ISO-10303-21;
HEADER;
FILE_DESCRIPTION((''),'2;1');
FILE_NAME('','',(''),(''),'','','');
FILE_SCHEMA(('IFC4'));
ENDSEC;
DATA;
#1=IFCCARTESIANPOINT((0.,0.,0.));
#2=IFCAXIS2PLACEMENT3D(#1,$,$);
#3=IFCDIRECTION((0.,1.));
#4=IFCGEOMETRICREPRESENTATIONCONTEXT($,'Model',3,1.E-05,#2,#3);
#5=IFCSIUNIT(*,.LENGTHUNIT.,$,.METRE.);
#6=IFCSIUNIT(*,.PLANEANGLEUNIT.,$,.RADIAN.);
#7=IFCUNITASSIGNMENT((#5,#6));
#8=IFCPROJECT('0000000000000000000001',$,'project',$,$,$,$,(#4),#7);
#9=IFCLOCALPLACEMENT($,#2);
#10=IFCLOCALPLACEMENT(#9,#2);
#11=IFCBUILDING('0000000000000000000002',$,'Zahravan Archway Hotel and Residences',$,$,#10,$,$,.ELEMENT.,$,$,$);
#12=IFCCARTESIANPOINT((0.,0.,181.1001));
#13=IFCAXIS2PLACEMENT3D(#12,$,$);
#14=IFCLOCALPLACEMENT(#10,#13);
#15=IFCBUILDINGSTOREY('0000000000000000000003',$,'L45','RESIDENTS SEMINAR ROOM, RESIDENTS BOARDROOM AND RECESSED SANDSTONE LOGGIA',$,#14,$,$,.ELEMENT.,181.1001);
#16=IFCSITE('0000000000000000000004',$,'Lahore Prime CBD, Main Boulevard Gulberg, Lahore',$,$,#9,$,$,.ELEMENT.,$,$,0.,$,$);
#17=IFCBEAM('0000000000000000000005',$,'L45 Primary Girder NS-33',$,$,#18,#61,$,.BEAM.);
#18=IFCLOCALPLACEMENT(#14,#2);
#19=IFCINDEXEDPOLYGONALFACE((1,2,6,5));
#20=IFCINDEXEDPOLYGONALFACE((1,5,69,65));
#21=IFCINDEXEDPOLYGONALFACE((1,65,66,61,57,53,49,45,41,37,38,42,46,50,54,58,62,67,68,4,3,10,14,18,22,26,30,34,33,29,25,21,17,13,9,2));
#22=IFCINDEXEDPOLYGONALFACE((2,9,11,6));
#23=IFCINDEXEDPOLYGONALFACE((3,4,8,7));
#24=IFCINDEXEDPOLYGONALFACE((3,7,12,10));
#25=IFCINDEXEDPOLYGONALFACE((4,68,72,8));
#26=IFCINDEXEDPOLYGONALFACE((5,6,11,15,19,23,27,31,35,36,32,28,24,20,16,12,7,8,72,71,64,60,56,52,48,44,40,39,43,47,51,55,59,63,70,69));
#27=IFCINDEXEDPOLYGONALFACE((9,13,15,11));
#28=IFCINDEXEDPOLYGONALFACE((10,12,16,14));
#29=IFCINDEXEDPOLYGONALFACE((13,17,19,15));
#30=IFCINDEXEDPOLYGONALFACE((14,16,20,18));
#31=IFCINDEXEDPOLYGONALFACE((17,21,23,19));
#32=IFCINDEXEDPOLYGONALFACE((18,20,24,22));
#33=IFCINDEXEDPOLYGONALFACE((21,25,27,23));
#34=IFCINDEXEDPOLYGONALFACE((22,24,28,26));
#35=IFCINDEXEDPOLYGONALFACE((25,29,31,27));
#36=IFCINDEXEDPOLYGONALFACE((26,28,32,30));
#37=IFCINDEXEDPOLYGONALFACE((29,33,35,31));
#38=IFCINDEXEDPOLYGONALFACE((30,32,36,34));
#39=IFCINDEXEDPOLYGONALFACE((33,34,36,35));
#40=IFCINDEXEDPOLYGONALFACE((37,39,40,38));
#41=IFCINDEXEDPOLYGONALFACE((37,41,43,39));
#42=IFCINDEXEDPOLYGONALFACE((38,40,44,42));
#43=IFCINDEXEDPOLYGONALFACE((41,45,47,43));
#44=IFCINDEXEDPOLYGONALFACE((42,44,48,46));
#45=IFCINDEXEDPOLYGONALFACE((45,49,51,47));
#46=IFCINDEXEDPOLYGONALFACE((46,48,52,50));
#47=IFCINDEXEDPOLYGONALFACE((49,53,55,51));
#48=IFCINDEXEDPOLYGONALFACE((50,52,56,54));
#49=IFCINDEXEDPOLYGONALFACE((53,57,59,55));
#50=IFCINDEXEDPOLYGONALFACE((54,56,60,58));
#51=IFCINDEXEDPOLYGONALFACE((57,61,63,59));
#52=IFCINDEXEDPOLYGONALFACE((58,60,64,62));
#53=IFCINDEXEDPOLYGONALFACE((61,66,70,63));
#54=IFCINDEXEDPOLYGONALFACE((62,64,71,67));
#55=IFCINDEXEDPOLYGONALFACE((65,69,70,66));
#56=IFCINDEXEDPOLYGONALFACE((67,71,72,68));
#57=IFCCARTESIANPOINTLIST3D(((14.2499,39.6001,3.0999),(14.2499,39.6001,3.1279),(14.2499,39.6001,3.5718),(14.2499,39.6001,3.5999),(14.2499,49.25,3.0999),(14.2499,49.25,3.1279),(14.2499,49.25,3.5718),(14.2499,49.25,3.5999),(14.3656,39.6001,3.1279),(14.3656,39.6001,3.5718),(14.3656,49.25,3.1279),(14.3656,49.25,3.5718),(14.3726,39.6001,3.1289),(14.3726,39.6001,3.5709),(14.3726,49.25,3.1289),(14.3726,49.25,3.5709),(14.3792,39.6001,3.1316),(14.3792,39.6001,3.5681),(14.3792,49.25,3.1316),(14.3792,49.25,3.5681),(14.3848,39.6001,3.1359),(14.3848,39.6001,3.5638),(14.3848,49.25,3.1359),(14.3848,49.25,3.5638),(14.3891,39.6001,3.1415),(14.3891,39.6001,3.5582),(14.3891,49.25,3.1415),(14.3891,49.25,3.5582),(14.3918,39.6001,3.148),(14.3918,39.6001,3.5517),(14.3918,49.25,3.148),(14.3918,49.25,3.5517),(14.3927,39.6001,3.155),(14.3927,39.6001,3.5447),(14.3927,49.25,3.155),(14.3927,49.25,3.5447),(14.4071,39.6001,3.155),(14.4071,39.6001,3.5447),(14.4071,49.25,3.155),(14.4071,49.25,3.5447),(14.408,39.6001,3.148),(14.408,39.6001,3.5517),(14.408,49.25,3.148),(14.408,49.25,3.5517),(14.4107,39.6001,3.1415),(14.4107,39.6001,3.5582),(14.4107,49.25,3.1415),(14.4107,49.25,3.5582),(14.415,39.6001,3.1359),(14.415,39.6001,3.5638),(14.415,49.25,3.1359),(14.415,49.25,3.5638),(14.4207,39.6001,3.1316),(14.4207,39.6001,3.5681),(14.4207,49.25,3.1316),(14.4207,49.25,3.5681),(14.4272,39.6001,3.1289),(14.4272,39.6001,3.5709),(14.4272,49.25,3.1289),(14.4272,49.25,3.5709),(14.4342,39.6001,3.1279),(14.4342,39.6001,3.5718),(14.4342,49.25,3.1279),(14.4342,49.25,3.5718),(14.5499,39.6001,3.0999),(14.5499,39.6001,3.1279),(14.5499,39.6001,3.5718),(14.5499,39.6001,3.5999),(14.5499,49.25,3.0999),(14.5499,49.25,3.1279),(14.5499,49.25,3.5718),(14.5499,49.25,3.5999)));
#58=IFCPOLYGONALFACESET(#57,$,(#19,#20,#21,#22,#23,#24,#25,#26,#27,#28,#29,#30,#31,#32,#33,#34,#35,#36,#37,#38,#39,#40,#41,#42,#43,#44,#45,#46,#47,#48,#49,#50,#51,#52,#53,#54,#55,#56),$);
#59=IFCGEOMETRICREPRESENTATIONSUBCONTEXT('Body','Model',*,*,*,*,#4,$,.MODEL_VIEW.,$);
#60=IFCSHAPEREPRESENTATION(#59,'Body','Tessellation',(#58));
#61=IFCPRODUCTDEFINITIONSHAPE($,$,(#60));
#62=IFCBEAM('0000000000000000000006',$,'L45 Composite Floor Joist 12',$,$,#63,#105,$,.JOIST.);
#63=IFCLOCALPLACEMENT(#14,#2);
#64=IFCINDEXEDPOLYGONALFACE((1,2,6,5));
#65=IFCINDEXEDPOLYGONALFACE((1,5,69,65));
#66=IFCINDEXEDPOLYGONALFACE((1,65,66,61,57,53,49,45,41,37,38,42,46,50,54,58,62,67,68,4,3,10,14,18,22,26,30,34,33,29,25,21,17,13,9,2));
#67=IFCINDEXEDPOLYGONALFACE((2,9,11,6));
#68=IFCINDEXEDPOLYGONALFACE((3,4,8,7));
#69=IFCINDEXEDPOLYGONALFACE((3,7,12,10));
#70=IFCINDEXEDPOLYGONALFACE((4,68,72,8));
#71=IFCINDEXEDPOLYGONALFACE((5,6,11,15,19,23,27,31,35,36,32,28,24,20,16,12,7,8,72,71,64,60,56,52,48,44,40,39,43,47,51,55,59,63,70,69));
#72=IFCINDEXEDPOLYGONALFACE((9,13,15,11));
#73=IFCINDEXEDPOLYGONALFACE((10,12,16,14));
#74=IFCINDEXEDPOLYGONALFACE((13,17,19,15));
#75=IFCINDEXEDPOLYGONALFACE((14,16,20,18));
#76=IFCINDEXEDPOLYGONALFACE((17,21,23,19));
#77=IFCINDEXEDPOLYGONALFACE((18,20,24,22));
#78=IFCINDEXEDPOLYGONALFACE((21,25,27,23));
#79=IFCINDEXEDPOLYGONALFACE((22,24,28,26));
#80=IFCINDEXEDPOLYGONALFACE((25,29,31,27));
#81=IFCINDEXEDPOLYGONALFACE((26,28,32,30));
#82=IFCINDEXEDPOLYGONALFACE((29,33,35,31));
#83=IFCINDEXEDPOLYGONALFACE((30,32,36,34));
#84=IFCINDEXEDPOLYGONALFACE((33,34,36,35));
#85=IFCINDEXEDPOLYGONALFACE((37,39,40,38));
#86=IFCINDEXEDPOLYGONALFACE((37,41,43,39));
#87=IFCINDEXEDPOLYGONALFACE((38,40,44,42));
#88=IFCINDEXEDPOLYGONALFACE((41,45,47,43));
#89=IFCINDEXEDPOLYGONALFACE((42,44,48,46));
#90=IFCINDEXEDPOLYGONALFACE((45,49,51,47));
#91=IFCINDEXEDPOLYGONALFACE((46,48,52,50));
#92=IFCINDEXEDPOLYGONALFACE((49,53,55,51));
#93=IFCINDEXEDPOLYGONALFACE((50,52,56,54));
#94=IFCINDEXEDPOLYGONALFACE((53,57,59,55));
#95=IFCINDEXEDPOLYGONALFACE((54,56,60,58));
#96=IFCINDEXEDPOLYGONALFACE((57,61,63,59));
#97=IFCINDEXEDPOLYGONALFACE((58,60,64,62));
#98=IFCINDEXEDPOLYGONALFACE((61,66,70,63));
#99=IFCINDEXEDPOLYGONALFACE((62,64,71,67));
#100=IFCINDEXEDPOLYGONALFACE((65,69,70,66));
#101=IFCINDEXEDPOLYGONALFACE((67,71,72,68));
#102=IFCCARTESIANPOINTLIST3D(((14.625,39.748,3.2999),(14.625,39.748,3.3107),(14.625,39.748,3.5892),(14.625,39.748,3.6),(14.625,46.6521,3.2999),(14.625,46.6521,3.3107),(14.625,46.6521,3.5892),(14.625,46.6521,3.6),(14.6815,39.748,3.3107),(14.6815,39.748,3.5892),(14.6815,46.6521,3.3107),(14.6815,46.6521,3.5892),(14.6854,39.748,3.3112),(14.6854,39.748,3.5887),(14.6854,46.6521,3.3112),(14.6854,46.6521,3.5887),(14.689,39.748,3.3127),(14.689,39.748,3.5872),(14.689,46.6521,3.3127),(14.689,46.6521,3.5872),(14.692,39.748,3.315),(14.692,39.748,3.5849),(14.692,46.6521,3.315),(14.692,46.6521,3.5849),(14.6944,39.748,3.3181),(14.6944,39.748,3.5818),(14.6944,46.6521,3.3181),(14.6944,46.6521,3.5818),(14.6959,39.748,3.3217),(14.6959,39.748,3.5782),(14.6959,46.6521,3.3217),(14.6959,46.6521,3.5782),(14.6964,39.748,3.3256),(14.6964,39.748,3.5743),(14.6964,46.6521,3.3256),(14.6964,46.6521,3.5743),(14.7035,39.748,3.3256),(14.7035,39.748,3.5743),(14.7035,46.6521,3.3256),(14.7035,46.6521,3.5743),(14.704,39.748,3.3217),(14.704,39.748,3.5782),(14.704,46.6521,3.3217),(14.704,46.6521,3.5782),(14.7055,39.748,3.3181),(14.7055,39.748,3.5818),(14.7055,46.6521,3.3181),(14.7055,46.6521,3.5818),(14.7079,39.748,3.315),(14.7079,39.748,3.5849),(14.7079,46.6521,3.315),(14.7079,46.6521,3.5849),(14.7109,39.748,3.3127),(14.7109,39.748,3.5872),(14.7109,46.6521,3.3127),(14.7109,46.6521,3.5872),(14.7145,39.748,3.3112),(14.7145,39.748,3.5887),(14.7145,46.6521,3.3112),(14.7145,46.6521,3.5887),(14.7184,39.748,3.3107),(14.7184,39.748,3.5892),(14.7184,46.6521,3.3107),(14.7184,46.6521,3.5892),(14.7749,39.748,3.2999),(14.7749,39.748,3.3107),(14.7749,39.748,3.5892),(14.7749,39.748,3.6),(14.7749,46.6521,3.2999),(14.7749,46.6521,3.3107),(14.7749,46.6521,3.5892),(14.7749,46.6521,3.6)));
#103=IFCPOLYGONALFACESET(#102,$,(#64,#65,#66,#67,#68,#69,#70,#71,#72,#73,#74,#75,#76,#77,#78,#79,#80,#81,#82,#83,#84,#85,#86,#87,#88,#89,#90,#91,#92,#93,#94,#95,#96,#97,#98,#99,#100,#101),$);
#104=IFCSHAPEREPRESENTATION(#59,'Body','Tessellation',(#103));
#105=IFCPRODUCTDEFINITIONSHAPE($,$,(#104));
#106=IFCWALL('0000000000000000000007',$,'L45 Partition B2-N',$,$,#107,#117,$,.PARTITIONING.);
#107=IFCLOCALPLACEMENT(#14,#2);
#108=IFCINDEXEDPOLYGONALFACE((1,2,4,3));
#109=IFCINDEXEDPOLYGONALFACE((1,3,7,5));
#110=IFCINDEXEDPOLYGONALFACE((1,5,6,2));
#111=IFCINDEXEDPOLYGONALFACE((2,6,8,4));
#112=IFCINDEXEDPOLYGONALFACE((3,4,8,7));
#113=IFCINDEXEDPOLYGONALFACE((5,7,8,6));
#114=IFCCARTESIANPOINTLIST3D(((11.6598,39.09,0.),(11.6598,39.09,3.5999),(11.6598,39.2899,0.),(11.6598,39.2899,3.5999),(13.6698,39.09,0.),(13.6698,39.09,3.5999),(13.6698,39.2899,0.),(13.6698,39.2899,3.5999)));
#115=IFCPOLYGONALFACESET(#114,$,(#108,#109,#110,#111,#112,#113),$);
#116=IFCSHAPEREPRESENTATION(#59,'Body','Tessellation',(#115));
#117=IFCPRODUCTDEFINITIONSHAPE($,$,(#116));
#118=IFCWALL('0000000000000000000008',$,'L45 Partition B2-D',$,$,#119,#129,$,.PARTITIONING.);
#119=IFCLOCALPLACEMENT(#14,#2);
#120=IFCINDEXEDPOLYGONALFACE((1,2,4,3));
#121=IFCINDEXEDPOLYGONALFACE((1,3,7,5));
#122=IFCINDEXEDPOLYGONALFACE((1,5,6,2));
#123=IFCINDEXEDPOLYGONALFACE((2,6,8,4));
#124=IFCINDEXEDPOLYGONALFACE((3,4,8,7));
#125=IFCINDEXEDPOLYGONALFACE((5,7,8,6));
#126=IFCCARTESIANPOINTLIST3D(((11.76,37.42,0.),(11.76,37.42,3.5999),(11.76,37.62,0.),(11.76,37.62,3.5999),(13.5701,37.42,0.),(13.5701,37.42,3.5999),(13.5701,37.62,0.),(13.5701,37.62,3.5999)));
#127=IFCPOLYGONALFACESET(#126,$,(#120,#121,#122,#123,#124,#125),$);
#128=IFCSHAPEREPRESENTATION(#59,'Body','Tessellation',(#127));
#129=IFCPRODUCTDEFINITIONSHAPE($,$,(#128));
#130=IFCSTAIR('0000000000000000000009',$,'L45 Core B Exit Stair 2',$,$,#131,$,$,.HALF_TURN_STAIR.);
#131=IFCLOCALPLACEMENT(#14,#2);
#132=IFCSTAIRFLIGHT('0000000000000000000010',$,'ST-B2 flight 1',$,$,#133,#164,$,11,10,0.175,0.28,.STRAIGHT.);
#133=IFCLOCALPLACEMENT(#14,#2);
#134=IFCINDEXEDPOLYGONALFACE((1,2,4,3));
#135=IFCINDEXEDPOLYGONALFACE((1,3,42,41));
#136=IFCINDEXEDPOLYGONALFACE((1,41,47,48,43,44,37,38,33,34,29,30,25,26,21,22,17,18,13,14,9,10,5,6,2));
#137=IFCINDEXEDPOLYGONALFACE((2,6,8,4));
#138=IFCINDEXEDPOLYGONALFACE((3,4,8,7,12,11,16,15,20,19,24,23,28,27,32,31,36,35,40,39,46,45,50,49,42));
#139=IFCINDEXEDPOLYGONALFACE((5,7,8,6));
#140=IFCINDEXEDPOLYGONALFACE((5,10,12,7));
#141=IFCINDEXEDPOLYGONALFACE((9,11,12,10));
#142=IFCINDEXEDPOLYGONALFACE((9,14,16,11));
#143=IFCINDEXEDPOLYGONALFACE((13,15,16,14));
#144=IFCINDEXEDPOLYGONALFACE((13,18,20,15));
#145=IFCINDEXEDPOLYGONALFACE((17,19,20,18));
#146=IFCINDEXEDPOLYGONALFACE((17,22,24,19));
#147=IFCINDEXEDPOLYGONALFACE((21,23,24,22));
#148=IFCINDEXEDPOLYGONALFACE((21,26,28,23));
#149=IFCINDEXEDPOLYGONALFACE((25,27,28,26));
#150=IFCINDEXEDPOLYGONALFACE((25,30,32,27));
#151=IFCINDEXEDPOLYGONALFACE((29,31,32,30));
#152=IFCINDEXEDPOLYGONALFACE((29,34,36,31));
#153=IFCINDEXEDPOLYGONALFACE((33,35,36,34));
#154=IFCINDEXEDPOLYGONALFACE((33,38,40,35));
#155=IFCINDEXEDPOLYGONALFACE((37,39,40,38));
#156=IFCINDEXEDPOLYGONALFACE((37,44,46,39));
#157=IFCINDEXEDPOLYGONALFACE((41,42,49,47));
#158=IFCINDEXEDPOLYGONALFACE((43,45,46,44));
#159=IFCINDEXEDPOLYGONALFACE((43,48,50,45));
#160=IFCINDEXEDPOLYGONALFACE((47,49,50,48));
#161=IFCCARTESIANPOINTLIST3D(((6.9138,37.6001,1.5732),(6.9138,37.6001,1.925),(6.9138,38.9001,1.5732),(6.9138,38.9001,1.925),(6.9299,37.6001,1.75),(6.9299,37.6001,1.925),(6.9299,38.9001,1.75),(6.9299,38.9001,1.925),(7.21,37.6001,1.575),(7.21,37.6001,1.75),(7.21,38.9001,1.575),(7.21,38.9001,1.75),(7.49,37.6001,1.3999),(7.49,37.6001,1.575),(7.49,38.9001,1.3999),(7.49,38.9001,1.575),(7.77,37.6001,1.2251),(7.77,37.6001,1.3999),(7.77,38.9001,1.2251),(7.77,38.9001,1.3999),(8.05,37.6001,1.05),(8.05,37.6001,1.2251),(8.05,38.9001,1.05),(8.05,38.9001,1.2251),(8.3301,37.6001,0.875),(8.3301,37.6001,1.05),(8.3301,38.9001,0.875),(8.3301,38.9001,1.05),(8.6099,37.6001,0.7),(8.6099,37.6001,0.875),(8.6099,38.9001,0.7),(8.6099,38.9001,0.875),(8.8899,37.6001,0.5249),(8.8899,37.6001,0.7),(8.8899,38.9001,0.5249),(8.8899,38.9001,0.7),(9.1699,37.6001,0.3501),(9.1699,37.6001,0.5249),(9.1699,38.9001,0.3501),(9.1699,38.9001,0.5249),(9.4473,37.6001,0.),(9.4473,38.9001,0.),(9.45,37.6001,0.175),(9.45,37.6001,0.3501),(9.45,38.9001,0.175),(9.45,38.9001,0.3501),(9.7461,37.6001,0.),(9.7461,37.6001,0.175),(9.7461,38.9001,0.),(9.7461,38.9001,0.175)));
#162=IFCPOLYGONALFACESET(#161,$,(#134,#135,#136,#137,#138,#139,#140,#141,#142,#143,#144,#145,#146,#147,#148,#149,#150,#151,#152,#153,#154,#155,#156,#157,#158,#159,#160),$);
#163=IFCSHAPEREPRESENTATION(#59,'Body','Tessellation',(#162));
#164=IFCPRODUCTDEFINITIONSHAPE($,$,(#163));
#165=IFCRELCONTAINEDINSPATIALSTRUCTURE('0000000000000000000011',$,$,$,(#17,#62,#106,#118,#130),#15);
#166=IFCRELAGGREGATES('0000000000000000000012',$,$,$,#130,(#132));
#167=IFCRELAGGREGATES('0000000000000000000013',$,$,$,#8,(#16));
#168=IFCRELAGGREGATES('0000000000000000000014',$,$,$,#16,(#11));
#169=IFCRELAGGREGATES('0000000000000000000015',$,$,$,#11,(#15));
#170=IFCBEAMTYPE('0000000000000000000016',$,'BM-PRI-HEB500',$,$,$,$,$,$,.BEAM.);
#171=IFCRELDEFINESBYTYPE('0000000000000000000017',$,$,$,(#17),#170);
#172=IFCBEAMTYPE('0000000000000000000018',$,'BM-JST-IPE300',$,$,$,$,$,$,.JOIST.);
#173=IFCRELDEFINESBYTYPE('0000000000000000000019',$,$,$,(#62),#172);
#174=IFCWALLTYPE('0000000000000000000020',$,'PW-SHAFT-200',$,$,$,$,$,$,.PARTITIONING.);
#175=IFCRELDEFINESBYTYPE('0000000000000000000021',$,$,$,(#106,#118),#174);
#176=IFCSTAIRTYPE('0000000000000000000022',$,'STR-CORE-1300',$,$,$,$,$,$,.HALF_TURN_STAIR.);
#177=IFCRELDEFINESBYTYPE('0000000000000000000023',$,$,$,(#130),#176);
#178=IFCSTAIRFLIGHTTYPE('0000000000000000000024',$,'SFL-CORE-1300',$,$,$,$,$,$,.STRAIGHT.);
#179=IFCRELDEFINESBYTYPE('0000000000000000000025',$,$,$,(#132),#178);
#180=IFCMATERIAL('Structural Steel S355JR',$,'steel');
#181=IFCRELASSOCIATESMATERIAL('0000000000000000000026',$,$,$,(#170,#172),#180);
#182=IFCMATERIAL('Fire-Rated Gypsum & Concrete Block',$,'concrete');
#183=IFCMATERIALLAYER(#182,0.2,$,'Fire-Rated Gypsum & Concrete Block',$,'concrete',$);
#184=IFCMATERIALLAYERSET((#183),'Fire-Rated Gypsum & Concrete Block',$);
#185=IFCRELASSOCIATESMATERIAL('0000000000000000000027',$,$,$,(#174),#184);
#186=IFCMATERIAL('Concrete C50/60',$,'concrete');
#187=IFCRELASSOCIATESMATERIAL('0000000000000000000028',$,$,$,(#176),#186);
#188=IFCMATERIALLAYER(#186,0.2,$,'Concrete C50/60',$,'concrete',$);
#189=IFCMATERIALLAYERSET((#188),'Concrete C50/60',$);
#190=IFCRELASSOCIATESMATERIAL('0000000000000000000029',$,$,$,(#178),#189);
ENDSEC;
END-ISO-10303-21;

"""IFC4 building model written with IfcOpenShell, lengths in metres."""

from ifc_helpers import new_model, si_unit, direction, frame, frame_2d, origin, origin_2d, place, context, subcontext, project, spatial, polyline, rectangle, i_section, outline, extrude, source, transform, mapped, material, layer, layer_set, material_profile, profile_set, type_object, type_shapes, element, aggregate, save


model = new_model("IFC4")

# Units and contexts
model_context = context("Model", 3, precision=1e-05, world=origin(), true_north=direction((0.0, 1.0)))
body_context = subcontext(model_context, "Body", "Model", "MODEL_VIEW")
ifc_project = project(units=[si_unit("LENGTHUNIT", "METRE"), si_unit("PLANEANGLEUNIT", "RADIAN")], contexts=[model_context])

# Site, building, storey
site_placement = place(None, origin())
site = spatial("IfcSite", under=ifc_project, at=site_placement, Name="Lahore Prime CBD, Main Boulevard Gulberg, Lahore", CompositionType="ELEMENT", RefElevation=0.0)
building_placement = place(site_placement, origin())
building = spatial("IfcBuilding", under=site, at=building_placement, Name="Zahravan Archway Hotel and Residences", CompositionType="ELEMENT")
storey_placement = place(building_placement, frame((0.0, 0.0, 181.1001)))
storey = spatial("IfcBuildingStorey", under=building, at=storey_placement, Name="L45", Description="RESIDENTS SEMINAR ROOM, RESIDENTS BOARDROOM AND RECESSED SANDSTONE LOGGIA", CompositionType="ELEMENT", Elevation=181.1001)

# Beams
ifc_material_1 = material(Name="Structural Steel S355JR", Category="steel")
ifc_material_profile_1 = material_profile(ifc_material_1, i_section(OverallWidth=0.3, OverallDepth=0.5, WebThickness=0.0144, FlangeThickness=0.0281, FilletRadius=0.0271, at=origin_2d()), Name="HEB 500", Category="steel")
ifc_profile_set_1 = profile_set([ifc_material_profile_1], Name="Structural Steel S355JR")
beam_type_1 = type_object("IfcBeamType", Name="BM-PRI-HEB500", PredefinedType="BEAM", material=ifc_profile_set_1)
shared_shape_1 = source(origin(), body_context, "Body", "SweptSolid", [
    extrude(i_section(OverallWidth=0.3, OverallDepth=0.5, WebThickness=0.0144, FlangeThickness=0.0281, FilletRadius=0.0271, at=origin_2d()), origin(), (0.0, 0.0, 1.0), 9.6499),
])
beam_1_placement = place(storey_placement, frame((14.3999, 39.6001, 3.3499), z_axis=(0.0, 1.0, 0.0), x_axis=(-1.0, 0.0, 0.0)))
element("IfcBeam", 1, at=beam_1_placement, inside=storey, type_object=beam_type_1, Name="L45 Primary Girder NS-33", PredefinedType="BEAM", context=body_context, shape_type="MappedRepresentation", body=[
    mapped(shared_shape_1, transform((0.0, 0.0, 0.0), scale=1.0)),
])
ifc_material_profile_2 = material_profile(ifc_material_1, i_section(OverallWidth=0.1499, OverallDepth=0.3, WebThickness=0.0071, FlangeThickness=0.0107, FilletRadius=0.0149, at=origin_2d()), Name="IPE 300", Category="steel")
ifc_profile_set_2 = profile_set([ifc_material_profile_2], Name="Structural Steel S355JR")
beam_type_2 = type_object("IfcBeamType", Name="BM-JST-IPE300", PredefinedType="JOIST", material=ifc_profile_set_2)
shared_shape_2 = source(origin(), body_context, "Body", "SweptSolid", [
    extrude(i_section(OverallWidth=0.1499, OverallDepth=0.3, WebThickness=0.0071, FlangeThickness=0.0107, FilletRadius=0.0149, at=origin_2d()), origin(), (0.0, 0.0, 1.0), 6.9041),
])
type_shapes(beam_type_2, [shared_shape_2])
beam_2_placement = place(storey_placement, frame((14.7, 39.748, 3.45), z_axis=(0.0, 1.0, 0.0), x_axis=(-1.0, 0.0, 0.0)))
element("IfcBeam", 2, at=beam_2_placement, inside=storey, type_object=beam_type_2, Name="L45 Composite Floor Joist 12", PredefinedType="JOIST", context=body_context, shape_type="MappedRepresentation", body=[
    mapped(shared_shape_2, transform((0.0, 0.0, 0.0), scale=1.0)),
])

# Walls
ifc_material_2 = material(Name="Fire-Rated Gypsum & Concrete Block", Category="concrete")
ifc_layer_1 = layer(ifc_material_2, 0.2, Name="Fire-Rated Gypsum & Concrete Block", Category="concrete")
ifc_layer_set_1 = layer_set([ifc_layer_1], Name="Fire-Rated Gypsum & Concrete Block")
wall_type = type_object("IfcWallType", Name="PW-SHAFT-200", PredefinedType="PARTITIONING", material=ifc_layer_set_1)
wall_1_placement = place(storey_placement, frame((11.6599, 39.1899, 0.0), z_axis=(0.0, 0.0, 1.0), x_axis=(1.0, 0.0, 0.0)))
element("IfcWall", 3, at=wall_1_placement, inside=storey, type_object=wall_type, Name="L45 Partition B2-N", PredefinedType="PARTITIONING", context=body_context, shape_type="SweptSolid", body=[
    extrude(rectangle(XDim=2.01, YDim=0.2, at=frame_2d((1.0049, 0.0))), origin(), (0.0, 0.0, 1.0), 3.5999),
])
wall_2_placement = place(storey_placement, frame((11.76, 37.52, 0.0), z_axis=(0.0, 0.0, 1.0), x_axis=(1.0, 0.0, 0.0)))
element("IfcWall", 4, at=wall_2_placement, inside=storey, type_object=wall_type, Name="L45 Partition B2-D", PredefinedType="PARTITIONING", context=body_context, shape_type="SweptSolid", body=[
    extrude(rectangle(XDim=1.8101, YDim=0.2, at=frame_2d((0.905, 0.0))), origin(), (0.0, 0.0, 1.0), 3.5999),
])

# Stair, stair flight
ifc_material_3 = material(Name="Concrete C50/60", Category="concrete")
stair_type = type_object("IfcStairType", Name="STR-CORE-1300", PredefinedType="HALF_TURN_STAIR", material=ifc_material_3)
stair_placement = place(storey_placement, origin())
stair = element("IfcStair", 5, at=stair_placement, inside=storey, type_object=stair_type, Name="L45 Core B Exit Stair 2", PredefinedType="HALF_TURN_STAIR")
ifc_layer_2 = layer(ifc_material_3, 0.2, Name="Concrete C50/60", Category="concrete")
ifc_layer_set_2 = layer_set([ifc_layer_2], Name="Concrete C50/60")
stair_flight_type = type_object("IfcStairFlightType", Name="SFL-CORE-1300", PredefinedType="STRAIGHT", material=ifc_layer_set_2)
shared_shape_3 = source(origin(), body_context, "Body", "SweptSolid", [
    extrude(outline(polyline([(-0.0161, 0.0), (-0.0161, 0.175), (0.28, 0.175), (0.28, 0.3501), (0.5601, 0.3501), (0.5601, 0.5249), (0.8401, 0.5249), (0.8401, 0.7), (1.1201, 0.7), (1.1201, 0.875), (1.3999, 0.875), (1.3999, 1.05), (1.6799, 1.05), (1.6799, 1.2251), (1.96, 1.2251), (1.96, 1.3999), (2.24, 1.3999), (2.24, 1.575), (2.52, 1.575), (2.52, 1.75), (2.8, 1.75), (2.8, 1.925), (2.8162, 1.925), (2.8162, 1.5732), (0.2827, 0.0), (-0.0161, 0.0)])), frame((0.0, 0.6499, 0.0), z_axis=(0.0, -1.0, 0.0), x_axis=(1.0, 0.0, 0.0)), (0.0, 0.0, 1.0), 1.3),
])
stair_flight_placement = place(storey_placement, frame((9.73, 38.25, 0.0), z_axis=(0.0, 0.0, 1.0), x_axis=(-1.0, 0.0, 0.0)))
stair_flight = element("IfcStairFlight", 6, at=stair_flight_placement, type_object=stair_flight_type, Name="ST-B2 flight 1", NumberOfRisers=11, NumberOfTreads=10, PredefinedType="STRAIGHT", RiserHeight=0.175, TreadLength=0.28, context=body_context, shape_type="MappedRepresentation", body=[
    mapped(shared_shape_3, transform((0.0, 0.0, 0.0), scale=1.0)),
])
aggregate(stair, [stair_flight])

save(model, "model.ifc")
